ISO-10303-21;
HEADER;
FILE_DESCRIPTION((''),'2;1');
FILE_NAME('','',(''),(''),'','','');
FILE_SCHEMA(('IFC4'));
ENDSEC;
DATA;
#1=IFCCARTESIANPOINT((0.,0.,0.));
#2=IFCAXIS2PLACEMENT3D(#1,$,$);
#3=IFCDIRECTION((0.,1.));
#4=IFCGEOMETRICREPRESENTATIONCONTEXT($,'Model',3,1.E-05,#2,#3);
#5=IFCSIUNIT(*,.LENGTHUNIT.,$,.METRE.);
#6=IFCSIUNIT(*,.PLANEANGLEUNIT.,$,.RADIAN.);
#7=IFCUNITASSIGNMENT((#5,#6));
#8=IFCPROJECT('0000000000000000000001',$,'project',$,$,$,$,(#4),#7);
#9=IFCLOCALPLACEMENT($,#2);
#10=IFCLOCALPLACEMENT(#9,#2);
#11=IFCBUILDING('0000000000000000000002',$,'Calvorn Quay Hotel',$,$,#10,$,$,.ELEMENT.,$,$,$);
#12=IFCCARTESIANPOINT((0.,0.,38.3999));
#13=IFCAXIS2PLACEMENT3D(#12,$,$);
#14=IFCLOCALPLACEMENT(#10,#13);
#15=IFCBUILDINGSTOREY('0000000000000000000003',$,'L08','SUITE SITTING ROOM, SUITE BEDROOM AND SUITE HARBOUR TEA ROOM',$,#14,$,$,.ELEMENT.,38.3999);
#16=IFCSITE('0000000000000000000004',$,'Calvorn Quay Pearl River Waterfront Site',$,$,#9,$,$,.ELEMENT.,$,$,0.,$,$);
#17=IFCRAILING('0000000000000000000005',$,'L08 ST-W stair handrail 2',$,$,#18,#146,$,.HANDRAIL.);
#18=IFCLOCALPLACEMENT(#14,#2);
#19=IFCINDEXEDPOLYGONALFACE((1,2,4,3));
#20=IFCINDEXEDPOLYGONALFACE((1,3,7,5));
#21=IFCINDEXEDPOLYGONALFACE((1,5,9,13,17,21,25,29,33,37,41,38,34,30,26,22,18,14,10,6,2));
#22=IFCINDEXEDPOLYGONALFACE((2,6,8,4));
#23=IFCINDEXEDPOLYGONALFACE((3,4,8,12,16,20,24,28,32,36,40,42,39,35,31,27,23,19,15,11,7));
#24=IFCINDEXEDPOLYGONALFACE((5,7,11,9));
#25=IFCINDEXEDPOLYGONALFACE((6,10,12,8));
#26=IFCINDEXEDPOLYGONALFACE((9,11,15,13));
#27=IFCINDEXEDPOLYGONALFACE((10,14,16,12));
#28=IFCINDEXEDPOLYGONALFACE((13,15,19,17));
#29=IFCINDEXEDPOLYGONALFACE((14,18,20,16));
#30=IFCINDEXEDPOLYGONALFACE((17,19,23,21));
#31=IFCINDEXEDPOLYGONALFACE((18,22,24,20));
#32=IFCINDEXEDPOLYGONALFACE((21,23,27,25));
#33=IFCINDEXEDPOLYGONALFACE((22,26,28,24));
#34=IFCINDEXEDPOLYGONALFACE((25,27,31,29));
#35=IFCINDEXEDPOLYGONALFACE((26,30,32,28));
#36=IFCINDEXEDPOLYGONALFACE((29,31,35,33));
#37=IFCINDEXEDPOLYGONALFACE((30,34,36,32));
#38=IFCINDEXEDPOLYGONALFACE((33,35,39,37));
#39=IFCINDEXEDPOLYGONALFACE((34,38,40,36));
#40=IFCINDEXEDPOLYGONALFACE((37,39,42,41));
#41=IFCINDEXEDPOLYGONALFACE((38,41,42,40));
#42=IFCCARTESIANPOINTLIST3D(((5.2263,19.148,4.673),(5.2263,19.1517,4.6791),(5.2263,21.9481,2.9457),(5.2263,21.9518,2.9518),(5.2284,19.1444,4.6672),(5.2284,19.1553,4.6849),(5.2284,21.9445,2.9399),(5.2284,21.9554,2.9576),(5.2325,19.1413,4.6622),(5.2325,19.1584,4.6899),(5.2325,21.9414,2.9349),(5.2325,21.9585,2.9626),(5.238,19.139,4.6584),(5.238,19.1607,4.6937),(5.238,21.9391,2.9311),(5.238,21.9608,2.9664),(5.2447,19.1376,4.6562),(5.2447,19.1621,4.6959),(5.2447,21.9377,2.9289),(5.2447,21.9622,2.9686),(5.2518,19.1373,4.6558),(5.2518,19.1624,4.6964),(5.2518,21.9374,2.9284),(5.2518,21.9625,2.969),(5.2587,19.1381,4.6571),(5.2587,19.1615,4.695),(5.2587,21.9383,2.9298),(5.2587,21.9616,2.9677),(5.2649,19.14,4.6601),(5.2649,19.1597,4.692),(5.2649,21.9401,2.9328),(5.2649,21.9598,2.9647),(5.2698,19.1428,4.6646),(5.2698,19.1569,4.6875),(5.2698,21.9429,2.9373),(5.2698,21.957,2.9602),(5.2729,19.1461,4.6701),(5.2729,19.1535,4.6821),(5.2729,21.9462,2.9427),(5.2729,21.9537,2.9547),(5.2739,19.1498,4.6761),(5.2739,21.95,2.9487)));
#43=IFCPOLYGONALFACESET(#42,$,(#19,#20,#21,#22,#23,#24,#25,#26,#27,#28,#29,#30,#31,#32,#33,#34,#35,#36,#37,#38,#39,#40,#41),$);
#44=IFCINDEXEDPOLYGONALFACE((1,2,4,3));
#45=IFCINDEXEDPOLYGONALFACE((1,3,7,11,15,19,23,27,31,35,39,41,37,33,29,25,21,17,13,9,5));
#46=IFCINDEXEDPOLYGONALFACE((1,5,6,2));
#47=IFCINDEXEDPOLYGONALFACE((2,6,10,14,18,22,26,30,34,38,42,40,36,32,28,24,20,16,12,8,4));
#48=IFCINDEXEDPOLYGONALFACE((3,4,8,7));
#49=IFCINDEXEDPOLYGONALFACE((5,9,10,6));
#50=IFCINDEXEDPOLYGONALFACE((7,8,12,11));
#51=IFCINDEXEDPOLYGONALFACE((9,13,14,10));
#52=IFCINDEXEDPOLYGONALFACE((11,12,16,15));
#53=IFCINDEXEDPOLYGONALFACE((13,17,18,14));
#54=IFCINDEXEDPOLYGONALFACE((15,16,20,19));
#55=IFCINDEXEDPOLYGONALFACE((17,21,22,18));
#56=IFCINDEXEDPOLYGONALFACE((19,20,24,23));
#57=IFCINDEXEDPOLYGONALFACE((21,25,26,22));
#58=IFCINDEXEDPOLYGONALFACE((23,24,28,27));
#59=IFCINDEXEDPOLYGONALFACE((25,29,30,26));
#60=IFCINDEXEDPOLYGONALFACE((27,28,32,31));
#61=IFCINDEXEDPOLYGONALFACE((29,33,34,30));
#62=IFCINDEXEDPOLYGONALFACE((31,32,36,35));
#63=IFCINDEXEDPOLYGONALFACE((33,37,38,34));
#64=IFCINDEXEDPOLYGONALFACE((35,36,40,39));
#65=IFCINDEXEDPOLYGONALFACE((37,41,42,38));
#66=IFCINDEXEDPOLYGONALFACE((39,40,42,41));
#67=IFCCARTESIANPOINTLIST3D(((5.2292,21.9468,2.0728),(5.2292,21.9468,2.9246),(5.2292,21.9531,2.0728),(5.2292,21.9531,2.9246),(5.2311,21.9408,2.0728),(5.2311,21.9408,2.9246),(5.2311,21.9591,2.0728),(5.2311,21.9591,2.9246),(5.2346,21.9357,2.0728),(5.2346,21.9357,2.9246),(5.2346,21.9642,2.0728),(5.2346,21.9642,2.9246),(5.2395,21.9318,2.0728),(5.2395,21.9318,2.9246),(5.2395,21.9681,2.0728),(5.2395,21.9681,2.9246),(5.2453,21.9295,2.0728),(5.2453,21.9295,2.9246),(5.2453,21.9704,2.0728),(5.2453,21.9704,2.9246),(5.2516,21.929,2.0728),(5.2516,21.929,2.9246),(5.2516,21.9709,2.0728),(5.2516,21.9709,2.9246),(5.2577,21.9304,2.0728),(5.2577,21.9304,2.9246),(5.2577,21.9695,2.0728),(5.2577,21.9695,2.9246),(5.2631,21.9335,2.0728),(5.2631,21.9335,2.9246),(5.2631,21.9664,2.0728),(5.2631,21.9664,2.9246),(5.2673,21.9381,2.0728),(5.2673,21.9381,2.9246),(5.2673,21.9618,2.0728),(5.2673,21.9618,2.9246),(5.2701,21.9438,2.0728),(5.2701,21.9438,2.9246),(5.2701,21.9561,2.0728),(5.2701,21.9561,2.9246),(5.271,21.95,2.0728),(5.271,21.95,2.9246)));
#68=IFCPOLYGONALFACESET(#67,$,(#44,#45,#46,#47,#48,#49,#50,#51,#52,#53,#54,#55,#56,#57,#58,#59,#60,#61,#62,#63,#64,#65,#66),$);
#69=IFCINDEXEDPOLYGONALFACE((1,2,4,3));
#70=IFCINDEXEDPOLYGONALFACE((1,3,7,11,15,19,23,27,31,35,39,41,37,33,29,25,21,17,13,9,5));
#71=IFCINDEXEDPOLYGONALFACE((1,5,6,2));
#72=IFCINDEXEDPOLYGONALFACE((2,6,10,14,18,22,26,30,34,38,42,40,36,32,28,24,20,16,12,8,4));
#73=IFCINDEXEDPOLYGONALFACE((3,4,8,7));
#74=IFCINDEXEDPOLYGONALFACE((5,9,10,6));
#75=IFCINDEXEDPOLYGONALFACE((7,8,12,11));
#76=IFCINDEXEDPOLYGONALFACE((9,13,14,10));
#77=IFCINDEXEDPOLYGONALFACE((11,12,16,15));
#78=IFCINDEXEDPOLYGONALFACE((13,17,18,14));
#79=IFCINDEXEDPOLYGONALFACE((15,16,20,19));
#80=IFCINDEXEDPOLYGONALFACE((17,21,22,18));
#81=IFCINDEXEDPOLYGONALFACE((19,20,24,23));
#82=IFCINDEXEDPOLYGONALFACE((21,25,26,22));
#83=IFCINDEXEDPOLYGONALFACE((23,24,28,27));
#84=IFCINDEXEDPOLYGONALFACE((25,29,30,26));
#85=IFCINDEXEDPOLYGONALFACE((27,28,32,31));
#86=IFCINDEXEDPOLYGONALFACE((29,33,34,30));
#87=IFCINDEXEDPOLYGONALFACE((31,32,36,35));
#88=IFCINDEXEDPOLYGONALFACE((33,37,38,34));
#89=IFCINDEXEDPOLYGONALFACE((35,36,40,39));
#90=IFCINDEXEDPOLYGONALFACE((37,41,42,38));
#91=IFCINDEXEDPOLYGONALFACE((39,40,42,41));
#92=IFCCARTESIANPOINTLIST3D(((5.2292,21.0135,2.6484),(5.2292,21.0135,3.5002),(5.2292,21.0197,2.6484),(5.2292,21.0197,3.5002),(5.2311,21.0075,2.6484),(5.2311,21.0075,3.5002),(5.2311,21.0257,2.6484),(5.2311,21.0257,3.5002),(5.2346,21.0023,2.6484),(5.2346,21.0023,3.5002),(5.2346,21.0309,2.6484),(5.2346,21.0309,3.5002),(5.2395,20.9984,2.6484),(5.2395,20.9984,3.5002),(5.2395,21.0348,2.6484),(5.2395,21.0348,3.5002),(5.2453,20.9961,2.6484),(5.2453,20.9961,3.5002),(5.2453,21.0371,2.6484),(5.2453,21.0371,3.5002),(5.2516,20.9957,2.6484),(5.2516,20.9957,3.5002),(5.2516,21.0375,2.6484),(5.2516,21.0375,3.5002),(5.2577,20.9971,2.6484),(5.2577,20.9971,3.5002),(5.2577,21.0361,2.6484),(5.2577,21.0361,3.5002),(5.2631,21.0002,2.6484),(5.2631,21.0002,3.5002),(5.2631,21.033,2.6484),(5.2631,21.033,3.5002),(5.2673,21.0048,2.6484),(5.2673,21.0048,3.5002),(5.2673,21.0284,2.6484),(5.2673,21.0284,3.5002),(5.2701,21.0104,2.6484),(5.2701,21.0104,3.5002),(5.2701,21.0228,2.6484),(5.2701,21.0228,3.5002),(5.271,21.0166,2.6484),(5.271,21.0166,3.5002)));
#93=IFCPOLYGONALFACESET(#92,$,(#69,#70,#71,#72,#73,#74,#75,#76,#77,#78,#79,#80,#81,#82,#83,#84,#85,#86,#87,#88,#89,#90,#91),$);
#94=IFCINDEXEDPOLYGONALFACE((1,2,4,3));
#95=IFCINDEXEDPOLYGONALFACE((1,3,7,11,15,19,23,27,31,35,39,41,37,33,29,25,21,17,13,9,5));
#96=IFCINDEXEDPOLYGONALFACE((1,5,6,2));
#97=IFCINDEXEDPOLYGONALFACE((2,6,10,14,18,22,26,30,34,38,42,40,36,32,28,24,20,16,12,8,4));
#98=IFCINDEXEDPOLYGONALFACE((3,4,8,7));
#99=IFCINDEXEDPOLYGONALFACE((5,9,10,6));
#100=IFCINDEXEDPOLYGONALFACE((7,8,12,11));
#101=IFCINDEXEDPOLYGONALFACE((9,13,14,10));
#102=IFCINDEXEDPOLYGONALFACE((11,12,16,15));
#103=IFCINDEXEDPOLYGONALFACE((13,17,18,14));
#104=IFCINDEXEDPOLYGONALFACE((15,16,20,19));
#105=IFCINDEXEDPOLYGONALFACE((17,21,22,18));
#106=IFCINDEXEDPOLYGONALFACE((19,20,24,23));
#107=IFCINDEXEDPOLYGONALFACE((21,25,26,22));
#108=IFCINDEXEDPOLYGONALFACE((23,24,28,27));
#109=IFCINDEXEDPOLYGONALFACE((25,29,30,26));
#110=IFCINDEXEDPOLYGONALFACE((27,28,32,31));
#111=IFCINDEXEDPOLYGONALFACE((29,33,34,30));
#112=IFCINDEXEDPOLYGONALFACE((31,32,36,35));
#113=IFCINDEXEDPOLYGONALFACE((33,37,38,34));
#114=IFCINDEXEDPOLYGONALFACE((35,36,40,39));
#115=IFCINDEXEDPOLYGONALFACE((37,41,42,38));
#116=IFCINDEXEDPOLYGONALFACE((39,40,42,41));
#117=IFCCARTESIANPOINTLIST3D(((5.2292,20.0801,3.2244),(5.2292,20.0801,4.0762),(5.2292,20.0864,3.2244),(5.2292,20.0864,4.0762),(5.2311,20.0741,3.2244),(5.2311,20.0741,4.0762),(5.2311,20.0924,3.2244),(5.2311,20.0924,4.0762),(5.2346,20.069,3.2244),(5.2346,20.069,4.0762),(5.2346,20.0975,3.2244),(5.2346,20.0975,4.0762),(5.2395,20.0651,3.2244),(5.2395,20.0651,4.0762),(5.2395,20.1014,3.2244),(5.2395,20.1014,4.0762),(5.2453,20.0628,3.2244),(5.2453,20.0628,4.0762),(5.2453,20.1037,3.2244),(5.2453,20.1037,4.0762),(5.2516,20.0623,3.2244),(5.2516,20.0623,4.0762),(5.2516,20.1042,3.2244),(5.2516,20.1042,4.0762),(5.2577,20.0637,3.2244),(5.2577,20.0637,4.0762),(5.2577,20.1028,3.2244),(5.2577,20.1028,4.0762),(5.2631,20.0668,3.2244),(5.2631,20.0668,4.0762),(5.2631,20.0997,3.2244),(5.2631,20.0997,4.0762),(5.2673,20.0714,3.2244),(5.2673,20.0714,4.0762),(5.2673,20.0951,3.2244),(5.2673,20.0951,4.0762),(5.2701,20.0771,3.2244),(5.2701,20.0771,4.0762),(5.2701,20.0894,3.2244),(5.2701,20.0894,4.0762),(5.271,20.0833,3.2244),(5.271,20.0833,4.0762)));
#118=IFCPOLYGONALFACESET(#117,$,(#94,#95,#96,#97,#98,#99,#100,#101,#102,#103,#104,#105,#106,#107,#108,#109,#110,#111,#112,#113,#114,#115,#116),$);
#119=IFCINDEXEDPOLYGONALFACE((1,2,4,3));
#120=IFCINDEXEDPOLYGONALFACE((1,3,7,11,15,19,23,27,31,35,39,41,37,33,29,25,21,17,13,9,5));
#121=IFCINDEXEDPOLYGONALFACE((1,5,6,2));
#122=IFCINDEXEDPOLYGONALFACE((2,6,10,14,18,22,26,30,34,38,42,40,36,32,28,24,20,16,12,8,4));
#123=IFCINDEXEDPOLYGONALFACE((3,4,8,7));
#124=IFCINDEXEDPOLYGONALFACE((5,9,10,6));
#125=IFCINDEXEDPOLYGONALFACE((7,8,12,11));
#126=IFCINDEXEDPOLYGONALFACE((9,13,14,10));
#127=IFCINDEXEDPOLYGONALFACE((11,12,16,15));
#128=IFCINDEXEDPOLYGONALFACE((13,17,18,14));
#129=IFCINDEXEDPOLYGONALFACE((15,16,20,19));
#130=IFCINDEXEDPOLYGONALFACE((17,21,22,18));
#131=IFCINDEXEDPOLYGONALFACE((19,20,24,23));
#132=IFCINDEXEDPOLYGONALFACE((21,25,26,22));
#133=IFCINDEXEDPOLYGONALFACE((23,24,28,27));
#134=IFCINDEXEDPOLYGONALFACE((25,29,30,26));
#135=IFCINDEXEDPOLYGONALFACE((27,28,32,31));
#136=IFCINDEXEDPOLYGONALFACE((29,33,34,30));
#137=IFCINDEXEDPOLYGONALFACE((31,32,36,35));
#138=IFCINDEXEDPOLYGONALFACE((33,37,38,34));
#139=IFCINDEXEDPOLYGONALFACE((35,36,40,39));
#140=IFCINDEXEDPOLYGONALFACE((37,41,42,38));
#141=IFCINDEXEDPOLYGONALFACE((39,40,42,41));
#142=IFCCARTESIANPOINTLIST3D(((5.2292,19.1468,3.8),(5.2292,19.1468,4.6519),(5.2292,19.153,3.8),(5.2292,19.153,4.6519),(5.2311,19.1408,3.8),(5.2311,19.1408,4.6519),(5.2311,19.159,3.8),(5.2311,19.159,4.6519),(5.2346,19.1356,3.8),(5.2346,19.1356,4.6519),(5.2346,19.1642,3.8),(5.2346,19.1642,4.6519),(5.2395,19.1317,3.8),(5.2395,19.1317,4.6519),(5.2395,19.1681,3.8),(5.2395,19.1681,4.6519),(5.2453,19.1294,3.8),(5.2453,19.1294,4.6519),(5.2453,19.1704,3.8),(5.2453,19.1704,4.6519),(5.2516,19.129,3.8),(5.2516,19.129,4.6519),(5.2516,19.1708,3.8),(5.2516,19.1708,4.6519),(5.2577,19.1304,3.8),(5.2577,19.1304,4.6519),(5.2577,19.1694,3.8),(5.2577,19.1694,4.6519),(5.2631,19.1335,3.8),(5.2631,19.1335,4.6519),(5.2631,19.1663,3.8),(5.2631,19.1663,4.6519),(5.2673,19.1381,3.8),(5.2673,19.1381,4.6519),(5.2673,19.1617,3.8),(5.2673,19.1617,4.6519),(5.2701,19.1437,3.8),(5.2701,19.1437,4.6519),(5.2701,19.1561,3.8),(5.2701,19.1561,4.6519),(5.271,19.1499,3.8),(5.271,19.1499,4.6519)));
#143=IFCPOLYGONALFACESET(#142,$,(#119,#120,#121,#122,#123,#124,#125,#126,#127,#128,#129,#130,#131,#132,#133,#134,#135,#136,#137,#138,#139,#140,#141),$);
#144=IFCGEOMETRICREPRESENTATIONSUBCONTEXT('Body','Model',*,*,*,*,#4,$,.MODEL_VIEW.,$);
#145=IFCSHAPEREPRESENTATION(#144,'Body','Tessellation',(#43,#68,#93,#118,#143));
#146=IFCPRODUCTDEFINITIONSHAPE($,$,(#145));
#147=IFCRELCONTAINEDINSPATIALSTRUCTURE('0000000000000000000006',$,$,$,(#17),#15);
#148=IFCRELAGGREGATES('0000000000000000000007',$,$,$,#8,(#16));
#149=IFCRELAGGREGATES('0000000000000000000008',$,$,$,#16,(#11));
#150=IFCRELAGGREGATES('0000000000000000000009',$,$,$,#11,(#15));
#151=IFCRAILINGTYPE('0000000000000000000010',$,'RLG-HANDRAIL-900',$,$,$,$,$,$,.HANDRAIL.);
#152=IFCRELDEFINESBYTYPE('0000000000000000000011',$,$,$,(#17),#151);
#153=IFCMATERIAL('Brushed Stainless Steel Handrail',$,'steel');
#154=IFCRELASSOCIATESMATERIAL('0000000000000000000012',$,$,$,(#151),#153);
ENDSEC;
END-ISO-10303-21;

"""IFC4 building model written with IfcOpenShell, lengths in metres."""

from ifc_helpers import new_model, si_unit, direction, frame, origin, origin_2d, place, context, subcontext, project, spatial, circle, extrude, material, type_object, element, save


model = new_model("IFC4")

# Units and contexts
model_context = context("Model", 3, precision=1e-05, world=origin(), true_north=direction((0.0, 1.0)))
body_context = subcontext(model_context, "Body", "Model", "MODEL_VIEW")
ifc_project = project(units=[si_unit("LENGTHUNIT", "METRE"), si_unit("PLANEANGLEUNIT", "RADIAN")], contexts=[model_context])

# Site, building, storey
site_placement = place(None, origin())
site = spatial("IfcSite", under=ifc_project, at=site_placement, Name="Calvorn Quay Pearl River Waterfront Site", CompositionType="ELEMENT", RefElevation=0.0)
building_placement = place(site_placement, origin())
building = spatial("IfcBuilding", under=site, at=building_placement, Name="Calvorn Quay Hotel", CompositionType="ELEMENT")
storey_placement = place(building_placement, frame((0.0, 0.0, 38.3999)))
storey = spatial("IfcBuildingStorey", under=building, at=storey_placement, Name="L08", Description="SUITE SITTING ROOM, SUITE BEDROOM AND SUITE HARBOUR TEA ROOM", CompositionType="ELEMENT", Elevation=38.3999)

# Railing
ifc_material_1 = material(Name="Brushed Stainless Steel Handrail", Category="steel")
railing_type_1 = type_object("IfcRailingType", Name="RLG-HANDRAIL-900", PredefinedType="HANDRAIL", material=ifc_material_1)
railing_1_placement = place(storey_placement, frame((5.25, 21.95, 2.0728)))
element("IfcRailing", 1, at=railing_1_placement, inside=storey, type_object=railing_type_1, Name="L08 ST-W stair handrail 2", PredefinedType="HANDRAIL", context=body_context, shape_type="SweptSolid", body=[
    extrude(circle(Radius=0.0239, at=origin_2d()), frame((0.0, 0.0, 0.876), z_axis=(0.0, -0.85109, 0.52502), x_axis=(1.0, 0.0, 0.0)), (0.0, 0.0, 1.0), 3.29),
    extrude(circle(Radius=0.021, at=origin_2d()), origin(), (0.0, 0.0, 1.0), 0.8518),
    extrude(circle(Radius=0.021, at=origin_2d()), frame((0.0, -0.9333, 0.5757)), (0.0, 0.0, 1.0), 0.8518),
    extrude(circle(Radius=0.021, at=origin_2d()), frame((0.0, -1.8667, 1.1516)), (0.0, 0.0, 1.0), 0.8518),
    extrude(circle(Radius=0.021, at=origin_2d()), frame((0.0, -2.8, 1.7273)), (0.0, 0.0, 1.0), 0.8518),
])

save(model, "model.ifc")
